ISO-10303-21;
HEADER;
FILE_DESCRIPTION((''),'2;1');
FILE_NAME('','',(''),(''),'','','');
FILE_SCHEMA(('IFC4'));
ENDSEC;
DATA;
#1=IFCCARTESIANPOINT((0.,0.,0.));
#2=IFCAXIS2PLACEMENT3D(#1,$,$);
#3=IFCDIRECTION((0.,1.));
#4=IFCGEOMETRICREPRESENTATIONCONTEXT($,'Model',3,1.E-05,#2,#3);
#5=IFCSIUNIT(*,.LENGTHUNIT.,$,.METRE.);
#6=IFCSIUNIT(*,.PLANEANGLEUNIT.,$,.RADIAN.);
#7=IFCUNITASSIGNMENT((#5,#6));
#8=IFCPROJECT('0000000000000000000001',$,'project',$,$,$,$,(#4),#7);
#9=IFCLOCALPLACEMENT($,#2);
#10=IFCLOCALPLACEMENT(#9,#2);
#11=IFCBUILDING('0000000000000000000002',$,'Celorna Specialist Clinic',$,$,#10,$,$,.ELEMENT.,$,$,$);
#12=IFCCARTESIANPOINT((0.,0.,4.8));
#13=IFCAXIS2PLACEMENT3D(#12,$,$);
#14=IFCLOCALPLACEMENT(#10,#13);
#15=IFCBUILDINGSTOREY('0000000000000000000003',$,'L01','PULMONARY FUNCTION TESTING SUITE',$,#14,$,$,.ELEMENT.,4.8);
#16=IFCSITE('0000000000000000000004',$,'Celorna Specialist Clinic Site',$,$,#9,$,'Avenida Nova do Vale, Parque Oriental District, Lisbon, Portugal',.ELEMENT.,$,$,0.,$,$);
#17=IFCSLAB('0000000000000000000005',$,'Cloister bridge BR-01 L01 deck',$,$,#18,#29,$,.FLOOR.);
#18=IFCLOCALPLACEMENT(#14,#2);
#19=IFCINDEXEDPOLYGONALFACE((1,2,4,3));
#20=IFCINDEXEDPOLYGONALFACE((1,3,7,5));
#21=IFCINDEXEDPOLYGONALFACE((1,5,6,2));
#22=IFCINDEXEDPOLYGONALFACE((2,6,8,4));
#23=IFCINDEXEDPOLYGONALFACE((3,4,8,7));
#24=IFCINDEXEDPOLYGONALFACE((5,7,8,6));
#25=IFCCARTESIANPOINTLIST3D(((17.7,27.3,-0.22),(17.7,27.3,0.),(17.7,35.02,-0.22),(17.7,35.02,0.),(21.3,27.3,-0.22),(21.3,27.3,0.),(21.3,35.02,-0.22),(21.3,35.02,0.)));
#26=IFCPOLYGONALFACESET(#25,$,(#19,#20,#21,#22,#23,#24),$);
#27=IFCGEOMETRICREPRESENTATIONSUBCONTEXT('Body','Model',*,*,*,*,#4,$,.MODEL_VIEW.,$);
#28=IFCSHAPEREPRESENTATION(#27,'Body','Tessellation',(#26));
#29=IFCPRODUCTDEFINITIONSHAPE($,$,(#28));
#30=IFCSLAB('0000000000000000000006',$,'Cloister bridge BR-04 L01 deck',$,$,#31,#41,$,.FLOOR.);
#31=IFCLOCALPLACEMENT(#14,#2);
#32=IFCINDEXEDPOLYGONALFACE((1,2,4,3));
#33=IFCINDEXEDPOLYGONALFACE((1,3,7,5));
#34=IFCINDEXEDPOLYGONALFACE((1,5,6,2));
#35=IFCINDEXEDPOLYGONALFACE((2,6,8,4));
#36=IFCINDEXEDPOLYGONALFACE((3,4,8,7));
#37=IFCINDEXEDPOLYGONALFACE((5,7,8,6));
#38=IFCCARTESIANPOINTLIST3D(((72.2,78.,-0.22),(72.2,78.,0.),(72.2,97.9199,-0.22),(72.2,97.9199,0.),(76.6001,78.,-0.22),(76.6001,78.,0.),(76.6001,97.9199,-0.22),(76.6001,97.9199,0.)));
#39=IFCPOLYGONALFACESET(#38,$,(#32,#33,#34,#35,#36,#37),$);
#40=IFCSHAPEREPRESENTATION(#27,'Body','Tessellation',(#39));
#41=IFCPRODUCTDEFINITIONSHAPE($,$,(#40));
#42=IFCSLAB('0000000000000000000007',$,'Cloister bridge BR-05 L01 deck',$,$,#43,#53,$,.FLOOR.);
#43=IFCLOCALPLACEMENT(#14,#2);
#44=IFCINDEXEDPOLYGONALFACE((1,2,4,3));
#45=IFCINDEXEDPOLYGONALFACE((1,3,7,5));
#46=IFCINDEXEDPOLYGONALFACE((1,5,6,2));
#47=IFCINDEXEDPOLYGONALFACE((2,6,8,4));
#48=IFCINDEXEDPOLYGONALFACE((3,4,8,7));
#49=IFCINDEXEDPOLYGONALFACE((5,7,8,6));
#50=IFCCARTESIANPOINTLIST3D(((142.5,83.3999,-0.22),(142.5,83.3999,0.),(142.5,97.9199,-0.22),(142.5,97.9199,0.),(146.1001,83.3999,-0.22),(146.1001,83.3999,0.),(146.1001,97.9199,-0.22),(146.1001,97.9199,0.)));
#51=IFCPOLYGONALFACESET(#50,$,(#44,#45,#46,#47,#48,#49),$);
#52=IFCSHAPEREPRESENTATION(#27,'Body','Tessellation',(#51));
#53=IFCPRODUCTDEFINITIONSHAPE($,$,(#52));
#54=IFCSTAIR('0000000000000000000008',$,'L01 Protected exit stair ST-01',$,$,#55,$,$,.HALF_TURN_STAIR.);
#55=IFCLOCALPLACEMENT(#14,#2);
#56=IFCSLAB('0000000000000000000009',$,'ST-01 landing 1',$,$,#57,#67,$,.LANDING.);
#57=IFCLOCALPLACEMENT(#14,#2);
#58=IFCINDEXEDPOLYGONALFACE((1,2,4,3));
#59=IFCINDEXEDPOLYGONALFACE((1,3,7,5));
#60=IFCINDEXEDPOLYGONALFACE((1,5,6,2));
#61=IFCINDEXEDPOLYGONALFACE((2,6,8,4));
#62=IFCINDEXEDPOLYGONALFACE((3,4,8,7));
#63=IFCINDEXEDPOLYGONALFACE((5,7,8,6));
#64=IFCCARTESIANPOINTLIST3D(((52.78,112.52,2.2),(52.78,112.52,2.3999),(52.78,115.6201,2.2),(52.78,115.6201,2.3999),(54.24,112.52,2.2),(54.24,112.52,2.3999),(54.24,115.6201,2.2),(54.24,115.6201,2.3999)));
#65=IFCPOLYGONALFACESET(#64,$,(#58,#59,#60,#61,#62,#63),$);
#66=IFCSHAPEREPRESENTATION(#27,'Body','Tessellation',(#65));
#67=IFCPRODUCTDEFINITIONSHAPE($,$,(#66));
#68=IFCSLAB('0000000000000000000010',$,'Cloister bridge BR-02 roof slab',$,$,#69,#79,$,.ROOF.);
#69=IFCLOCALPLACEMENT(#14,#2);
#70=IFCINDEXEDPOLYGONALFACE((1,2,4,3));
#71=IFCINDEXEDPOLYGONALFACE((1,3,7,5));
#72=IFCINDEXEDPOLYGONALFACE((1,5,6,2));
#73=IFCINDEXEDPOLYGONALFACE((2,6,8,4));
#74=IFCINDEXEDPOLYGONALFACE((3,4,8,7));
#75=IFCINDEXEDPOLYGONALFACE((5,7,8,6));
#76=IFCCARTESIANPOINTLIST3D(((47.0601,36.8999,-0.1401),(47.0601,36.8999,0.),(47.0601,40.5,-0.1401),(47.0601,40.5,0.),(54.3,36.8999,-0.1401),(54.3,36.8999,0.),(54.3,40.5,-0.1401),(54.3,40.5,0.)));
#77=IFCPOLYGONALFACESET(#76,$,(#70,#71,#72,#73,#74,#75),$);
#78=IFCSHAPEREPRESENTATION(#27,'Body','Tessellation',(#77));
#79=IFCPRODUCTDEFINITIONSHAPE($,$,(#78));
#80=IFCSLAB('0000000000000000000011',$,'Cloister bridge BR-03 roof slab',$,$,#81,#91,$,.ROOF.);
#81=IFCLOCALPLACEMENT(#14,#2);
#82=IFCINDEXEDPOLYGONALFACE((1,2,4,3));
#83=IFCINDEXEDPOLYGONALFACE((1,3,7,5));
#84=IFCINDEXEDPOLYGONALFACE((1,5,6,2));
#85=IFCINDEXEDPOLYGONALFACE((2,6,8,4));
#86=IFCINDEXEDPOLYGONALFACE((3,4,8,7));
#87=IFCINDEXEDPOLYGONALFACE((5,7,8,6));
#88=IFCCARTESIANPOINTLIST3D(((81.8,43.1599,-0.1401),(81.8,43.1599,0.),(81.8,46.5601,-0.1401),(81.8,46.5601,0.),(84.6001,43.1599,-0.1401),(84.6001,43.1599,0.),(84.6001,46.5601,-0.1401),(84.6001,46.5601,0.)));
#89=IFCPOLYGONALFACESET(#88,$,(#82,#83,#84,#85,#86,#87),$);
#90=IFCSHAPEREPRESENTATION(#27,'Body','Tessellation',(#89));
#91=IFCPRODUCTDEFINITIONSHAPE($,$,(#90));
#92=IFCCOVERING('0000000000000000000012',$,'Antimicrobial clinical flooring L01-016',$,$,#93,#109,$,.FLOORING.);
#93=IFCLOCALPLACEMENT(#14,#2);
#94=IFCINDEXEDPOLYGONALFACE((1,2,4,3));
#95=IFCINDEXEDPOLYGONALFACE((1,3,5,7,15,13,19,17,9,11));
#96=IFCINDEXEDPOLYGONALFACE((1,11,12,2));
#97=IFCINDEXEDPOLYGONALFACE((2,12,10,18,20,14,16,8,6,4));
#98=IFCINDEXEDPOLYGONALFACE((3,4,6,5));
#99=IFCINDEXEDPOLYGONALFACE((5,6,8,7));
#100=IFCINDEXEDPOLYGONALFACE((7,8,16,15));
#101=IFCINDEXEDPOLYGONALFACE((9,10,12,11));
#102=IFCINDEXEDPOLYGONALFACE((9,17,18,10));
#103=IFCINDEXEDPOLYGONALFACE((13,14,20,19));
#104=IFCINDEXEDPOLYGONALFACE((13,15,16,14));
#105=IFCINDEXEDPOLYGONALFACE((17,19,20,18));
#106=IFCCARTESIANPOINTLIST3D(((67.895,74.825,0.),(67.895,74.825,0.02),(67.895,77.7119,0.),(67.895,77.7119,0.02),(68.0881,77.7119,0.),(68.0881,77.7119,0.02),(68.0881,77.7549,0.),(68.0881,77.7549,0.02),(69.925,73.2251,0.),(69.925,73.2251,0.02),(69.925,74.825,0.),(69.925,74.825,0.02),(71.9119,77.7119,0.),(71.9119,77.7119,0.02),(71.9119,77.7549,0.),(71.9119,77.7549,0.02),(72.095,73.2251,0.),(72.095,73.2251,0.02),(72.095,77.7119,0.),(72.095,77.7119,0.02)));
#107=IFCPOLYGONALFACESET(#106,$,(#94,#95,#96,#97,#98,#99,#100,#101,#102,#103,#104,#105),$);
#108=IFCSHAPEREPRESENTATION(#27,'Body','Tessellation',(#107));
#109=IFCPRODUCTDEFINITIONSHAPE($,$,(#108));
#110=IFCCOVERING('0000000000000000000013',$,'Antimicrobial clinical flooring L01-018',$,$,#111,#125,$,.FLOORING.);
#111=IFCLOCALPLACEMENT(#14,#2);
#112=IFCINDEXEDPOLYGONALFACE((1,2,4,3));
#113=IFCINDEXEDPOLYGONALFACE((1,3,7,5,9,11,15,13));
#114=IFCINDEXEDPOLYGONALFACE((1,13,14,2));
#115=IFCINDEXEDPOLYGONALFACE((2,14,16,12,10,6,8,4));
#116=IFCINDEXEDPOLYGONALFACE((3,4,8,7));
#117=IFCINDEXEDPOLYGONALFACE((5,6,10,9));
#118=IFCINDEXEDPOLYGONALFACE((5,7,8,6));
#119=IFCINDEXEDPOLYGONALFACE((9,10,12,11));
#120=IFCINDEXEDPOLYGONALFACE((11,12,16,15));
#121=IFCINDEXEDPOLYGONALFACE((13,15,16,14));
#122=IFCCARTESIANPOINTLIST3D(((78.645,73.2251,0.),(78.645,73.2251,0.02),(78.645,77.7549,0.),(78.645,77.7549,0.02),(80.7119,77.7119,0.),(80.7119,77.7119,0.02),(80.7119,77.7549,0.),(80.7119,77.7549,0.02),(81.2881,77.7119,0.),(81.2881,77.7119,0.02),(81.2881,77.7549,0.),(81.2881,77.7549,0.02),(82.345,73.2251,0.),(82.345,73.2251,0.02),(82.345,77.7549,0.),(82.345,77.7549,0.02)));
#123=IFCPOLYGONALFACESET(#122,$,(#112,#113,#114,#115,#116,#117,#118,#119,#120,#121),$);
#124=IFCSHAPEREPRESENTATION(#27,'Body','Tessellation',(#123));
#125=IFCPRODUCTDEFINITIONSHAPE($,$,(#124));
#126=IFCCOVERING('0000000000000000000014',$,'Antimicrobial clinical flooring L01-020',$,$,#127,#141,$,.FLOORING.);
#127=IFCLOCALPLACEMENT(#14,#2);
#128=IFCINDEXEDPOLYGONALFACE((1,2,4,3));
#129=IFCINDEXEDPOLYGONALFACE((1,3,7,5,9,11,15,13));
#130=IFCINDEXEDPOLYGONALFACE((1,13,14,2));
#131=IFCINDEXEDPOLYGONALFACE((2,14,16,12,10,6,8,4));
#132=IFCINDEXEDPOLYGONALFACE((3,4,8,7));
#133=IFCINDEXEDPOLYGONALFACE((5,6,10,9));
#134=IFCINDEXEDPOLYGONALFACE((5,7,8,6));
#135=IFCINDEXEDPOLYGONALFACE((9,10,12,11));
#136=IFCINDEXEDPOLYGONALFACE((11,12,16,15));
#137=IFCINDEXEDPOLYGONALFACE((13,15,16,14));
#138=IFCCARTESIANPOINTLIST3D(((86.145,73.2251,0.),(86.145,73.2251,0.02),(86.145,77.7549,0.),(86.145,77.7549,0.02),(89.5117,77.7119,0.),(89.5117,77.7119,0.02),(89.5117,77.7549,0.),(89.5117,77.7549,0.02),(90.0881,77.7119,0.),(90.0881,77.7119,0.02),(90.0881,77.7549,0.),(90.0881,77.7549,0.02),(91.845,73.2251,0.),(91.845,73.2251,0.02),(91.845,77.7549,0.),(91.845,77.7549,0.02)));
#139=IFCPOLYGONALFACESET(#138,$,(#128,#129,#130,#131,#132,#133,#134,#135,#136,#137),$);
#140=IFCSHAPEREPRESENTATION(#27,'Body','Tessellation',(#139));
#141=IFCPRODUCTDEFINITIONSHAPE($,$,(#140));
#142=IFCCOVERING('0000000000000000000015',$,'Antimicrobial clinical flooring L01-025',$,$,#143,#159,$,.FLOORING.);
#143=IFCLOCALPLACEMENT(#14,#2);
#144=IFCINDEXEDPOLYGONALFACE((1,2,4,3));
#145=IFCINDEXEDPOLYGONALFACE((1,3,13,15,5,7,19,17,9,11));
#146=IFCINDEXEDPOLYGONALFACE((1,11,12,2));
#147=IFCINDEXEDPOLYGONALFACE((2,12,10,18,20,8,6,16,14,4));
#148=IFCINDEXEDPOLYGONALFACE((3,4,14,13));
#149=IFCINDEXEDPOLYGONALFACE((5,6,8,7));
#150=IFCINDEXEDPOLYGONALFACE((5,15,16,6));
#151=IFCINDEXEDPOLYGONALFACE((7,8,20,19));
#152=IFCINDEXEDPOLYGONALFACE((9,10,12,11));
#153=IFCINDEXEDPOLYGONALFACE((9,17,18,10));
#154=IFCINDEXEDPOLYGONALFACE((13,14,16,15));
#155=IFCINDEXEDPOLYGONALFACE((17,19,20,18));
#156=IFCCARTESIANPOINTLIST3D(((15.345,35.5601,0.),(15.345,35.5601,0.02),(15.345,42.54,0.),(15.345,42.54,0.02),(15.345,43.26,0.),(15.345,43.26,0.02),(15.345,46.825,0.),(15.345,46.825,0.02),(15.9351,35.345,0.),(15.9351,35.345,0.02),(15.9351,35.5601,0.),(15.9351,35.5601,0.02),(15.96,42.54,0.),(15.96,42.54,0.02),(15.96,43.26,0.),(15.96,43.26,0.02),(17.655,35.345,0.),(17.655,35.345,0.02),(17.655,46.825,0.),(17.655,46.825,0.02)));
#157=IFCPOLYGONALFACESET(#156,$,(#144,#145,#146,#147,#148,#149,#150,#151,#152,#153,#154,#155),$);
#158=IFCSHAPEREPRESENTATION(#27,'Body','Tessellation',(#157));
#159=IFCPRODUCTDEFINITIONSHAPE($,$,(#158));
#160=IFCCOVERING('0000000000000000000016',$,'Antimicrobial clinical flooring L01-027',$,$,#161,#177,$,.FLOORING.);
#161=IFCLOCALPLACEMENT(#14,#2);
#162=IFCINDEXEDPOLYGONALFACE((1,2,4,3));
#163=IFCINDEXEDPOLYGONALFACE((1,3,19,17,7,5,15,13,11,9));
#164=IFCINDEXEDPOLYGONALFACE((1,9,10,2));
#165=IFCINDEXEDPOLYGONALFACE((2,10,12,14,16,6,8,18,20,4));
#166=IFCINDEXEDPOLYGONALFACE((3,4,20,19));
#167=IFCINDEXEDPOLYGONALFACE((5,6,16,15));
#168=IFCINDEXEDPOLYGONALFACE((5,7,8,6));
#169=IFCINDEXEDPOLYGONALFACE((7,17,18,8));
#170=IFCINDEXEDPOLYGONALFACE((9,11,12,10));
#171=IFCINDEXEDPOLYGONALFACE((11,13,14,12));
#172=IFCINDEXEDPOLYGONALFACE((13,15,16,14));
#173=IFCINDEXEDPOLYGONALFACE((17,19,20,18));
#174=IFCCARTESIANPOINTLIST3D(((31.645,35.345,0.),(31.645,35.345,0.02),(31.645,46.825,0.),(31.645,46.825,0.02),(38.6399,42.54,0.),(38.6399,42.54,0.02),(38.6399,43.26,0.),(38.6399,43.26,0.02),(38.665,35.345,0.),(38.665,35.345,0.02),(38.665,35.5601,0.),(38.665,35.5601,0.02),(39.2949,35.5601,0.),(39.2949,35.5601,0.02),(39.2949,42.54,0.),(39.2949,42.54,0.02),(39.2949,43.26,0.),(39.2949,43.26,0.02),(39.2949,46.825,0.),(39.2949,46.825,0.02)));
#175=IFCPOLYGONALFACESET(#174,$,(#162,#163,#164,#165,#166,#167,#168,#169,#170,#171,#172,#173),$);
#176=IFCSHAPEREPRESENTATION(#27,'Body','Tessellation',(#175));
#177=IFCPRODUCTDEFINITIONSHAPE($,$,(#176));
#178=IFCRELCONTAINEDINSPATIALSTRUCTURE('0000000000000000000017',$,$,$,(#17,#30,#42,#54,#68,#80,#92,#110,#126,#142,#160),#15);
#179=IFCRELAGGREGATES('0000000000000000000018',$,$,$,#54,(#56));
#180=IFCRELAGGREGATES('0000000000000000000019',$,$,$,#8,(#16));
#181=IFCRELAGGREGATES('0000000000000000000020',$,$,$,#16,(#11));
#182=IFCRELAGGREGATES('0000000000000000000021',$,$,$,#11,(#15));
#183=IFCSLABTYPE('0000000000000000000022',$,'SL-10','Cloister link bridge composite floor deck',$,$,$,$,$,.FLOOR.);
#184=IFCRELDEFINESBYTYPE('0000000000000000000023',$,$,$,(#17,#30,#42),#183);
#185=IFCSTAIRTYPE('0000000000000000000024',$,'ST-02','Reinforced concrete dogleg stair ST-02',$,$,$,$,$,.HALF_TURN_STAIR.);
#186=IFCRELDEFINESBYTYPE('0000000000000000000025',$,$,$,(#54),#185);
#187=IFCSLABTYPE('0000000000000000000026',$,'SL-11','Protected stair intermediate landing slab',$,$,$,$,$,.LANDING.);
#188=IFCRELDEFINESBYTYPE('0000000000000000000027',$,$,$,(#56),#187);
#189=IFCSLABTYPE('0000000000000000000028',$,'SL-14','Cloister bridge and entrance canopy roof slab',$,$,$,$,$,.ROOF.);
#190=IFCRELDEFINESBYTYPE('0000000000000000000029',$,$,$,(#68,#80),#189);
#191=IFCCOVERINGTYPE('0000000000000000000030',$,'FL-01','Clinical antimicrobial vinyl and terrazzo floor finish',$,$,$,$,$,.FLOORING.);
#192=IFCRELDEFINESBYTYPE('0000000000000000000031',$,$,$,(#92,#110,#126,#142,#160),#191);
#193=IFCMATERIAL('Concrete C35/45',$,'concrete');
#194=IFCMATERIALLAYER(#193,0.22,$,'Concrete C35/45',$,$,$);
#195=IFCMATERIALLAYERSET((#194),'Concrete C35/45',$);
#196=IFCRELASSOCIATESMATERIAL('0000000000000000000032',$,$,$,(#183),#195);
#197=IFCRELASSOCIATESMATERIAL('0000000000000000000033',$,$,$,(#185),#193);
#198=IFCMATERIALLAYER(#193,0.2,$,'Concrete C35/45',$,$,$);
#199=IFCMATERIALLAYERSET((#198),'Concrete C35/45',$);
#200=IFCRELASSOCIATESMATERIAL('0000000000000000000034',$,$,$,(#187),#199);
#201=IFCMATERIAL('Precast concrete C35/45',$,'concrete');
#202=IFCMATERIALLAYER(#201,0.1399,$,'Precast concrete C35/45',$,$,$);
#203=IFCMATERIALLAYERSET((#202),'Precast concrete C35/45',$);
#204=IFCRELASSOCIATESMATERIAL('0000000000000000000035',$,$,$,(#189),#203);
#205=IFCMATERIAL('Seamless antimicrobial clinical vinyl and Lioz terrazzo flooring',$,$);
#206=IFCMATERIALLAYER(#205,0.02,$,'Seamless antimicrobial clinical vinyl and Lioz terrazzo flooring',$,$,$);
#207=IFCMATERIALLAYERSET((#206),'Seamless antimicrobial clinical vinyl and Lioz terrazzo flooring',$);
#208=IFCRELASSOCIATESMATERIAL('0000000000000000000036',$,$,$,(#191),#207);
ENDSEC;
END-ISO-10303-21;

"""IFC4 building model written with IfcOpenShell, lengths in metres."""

from ifc_helpers import new_model, si_unit, direction, frame, origin, place, context, subcontext, project, spatial, polyline, outline, extrude, material, layer, layer_set, type_object, element, aggregate, save


model = new_model("IFC4")

# Units and contexts
model_context = context("Model", 3, precision=1e-05, world=origin(), true_north=direction((0.0, 1.0)))
body_context = subcontext(model_context, "Body", "Model", "MODEL_VIEW")
ifc_project = project(units=[si_unit("LENGTHUNIT", "METRE"), si_unit("PLANEANGLEUNIT", "RADIAN")], contexts=[model_context])

# Site, building, storey
site_placement = place(None, origin())
site = spatial("IfcSite", under=ifc_project, at=site_placement, Name="Celorna Specialist Clinic Site", LongName="Avenida Nova do Vale, Parque Oriental District, Lisbon, Portugal", CompositionType="ELEMENT", RefElevation=0.0)
building_placement = place(site_placement, origin())
building = spatial("IfcBuilding", under=site, at=building_placement, Name="Celorna Specialist Clinic", CompositionType="ELEMENT")
storey_placement = place(building_placement, frame((0.0, 0.0, 4.8)))
storey = spatial("IfcBuildingStorey", under=building, at=storey_placement, Name="L01", Description="PULMONARY FUNCTION TESTING SUITE", CompositionType="ELEMENT", Elevation=4.8)

# Slabs
ifc_material_1 = material(Name="Concrete C35/45", Category="concrete")
ifc_layer_1 = layer(ifc_material_1, 0.22, Name="Concrete C35/45")
ifc_layer_set_1 = layer_set([ifc_layer_1], Name="Concrete C35/45")
slab_type_1 = type_object("IfcSlabType", Name="SL-10", Description="Cloister link bridge composite floor deck", PredefinedType="FLOOR", material=ifc_layer_set_1)
slab_1_placement = place(storey_placement, frame((0.0, 0.0, -0.22)))
element("IfcSlab", 1, at=slab_1_placement, inside=storey, type_object=slab_type_1, Name="Cloister bridge BR-01 L01 deck", PredefinedType="FLOOR", context=body_context, shape_type="SweptSolid", body=[
    extrude(outline(polyline([(17.7, 27.3), (21.3, 27.3), (21.3, 35.02), (17.7, 35.02), (17.7, 27.3)])), origin(), (0.0, 0.0, 1.0), 0.22),
])
slab_2_placement = place(storey_placement, frame((0.0, 0.0, -0.22)))
element("IfcSlab", 2, at=slab_2_placement, inside=storey, type_object=slab_type_1, Name="Cloister bridge BR-04 L01 deck", PredefinedType="FLOOR", context=body_context, shape_type="SweptSolid", body=[
    extrude(outline(polyline([(72.2, 78.0), (76.6001, 78.0), (76.6001, 97.9199), (72.2, 97.9199), (72.2, 78.0)])), origin(), (0.0, 0.0, 1.0), 0.22),
])
slab_3_placement = place(storey_placement, frame((0.0, 0.0, -0.22)))
element("IfcSlab", 3, at=slab_3_placement, inside=storey, type_object=slab_type_1, Name="Cloister bridge BR-05 L01 deck", PredefinedType="FLOOR", context=body_context, shape_type="SweptSolid", body=[
    extrude(outline(polyline([(142.5, 83.3999), (146.1001, 83.3999), (146.1001, 97.9199), (142.5, 97.9199), (142.5, 83.3999)])), origin(), (0.0, 0.0, 1.0), 0.22),
])

# Stair, slab
stair_type = type_object("IfcStairType", Name="ST-02", Description="Reinforced concrete dogleg stair ST-02", PredefinedType="HALF_TURN_STAIR", material=ifc_material_1)
stair_placement = place(storey_placement, origin())
stair = element("IfcStair", 4, at=stair_placement, inside=storey, type_object=stair_type, Name="L01 Protected exit stair ST-01", PredefinedType="HALF_TURN_STAIR")
ifc_layer_2 = layer(ifc_material_1, 0.2, Name="Concrete C35/45")
ifc_layer_set_2 = layer_set([ifc_layer_2], Name="Concrete C35/45")
slab_type_2 = type_object("IfcSlabType", Name="SL-11", Description="Protected stair intermediate landing slab", PredefinedType="LANDING", material=ifc_layer_set_2)
slab_4_placement = place(storey_placement, frame((0.0, 0.0, 2.2)))
slab_4 = element("IfcSlab", 5, at=slab_4_placement, type_object=slab_type_2, Name="ST-01 landing 1", PredefinedType="LANDING", context=body_context, shape_type="SweptSolid", body=[
    extrude(outline(polyline([(52.78, 112.52), (54.24, 112.52), (54.24, 115.6201), (52.78, 115.6201), (52.78, 112.52)])), origin(), (0.0, 0.0, 1.0), 0.2),
])
aggregate(stair, [slab_4])

# Slabs
ifc_material_2 = material(Name="Precast concrete C35/45", Category="concrete")
ifc_layer_3 = layer(ifc_material_2, 0.1399, Name="Precast concrete C35/45")
ifc_layer_set_3 = layer_set([ifc_layer_3], Name="Precast concrete C35/45")
slab_type_3 = type_object("IfcSlabType", Name="SL-14", Description="Cloister bridge and entrance canopy roof slab", PredefinedType="ROOF", material=ifc_layer_set_3)
slab_5_placement = place(storey_placement, frame((0.0, 0.0, -0.1401)))
element("IfcSlab", 6, at=slab_5_placement, inside=storey, type_object=slab_type_3, Name="Cloister bridge BR-02 roof slab", PredefinedType="ROOF", context=body_context, shape_type="SweptSolid", body=[
    extrude(outline(polyline([(47.0601, 36.8999), (54.3, 36.8999), (54.3, 40.5), (47.0601, 40.5), (47.0601, 36.8999)])), origin(), (0.0, 0.0, 1.0), 0.1401),
])
slab_6_placement = place(storey_placement, frame((0.0, 0.0, -0.1401)))
element("IfcSlab", 7, at=slab_6_placement, inside=storey, type_object=slab_type_3, Name="Cloister bridge BR-03 roof slab", PredefinedType="ROOF", context=body_context, shape_type="SweptSolid", body=[
    extrude(outline(polyline([(81.8, 43.1599), (84.6001, 43.1599), (84.6001, 46.5601), (81.8, 46.5601), (81.8, 43.1599)])), origin(), (0.0, 0.0, 1.0), 0.1401),
])

# Coverings
ifc_material_3 = material(Name="Seamless antimicrobial clinical vinyl and Lioz terrazzo flooring")
ifc_layer_4 = layer(ifc_material_3, 0.02, Name="Seamless antimicrobial clinical vinyl and Lioz terrazzo flooring")
ifc_layer_set_4 = layer_set([ifc_layer_4], Name="Seamless antimicrobial clinical vinyl and Lioz terrazzo flooring")
covering_type_1 = type_object("IfcCoveringType", Name="FL-01", Description="Clinical antimicrobial vinyl and terrazzo floor finish", PredefinedType="FLOORING", material=ifc_layer_set_4)
covering_1_placement = place(storey_placement, origin())
element("IfcCovering", 8, at=covering_1_placement, inside=storey, type_object=covering_type_1, Name="Antimicrobial clinical flooring L01-016", PredefinedType="FLOORING", context=body_context, shape_type="SweptSolid", body=[
    extrude(outline(polyline([(68.0881, 77.7549), (71.9119, 77.7549), (71.9119, 77.7119), (72.095, 77.7119), (72.095, 73.2251), (69.925, 73.2251), (69.925, 74.825), (67.895, 74.825), (67.895, 77.7119), (68.0881, 77.7119), (68.0881, 77.7549)])), origin(), (0.0, 0.0, 1.0), 0.02),
])
covering_2_placement = place(storey_placement, origin())
element("IfcCovering", 9, at=covering_2_placement, inside=storey, type_object=covering_type_1, Name="Antimicrobial clinical flooring L01-018", PredefinedType="FLOORING", context=body_context, shape_type="SweptSolid", body=[
    extrude(outline(polyline([(78.645, 77.7549), (80.7119, 77.7549), (80.7119, 77.7119), (81.2881, 77.7119), (81.2881, 77.7549), (82.345, 77.7549), (82.345, 73.2251), (78.645, 73.2251), (78.645, 77.7549)])), origin(), (0.0, 0.0, 1.0), 0.02),
])
covering_3_placement = place(storey_placement, origin())
element("IfcCovering", 10, at=covering_3_placement, inside=storey, type_object=covering_type_1, Name="Antimicrobial clinical flooring L01-020", PredefinedType="FLOORING", context=body_context, shape_type="SweptSolid", body=[
    extrude(outline(polyline([(86.145, 77.7549), (89.5117, 77.7549), (89.5117, 77.7119), (90.0881, 77.7119), (90.0881, 77.7549), (91.845, 77.7549), (91.845, 73.2251), (86.145, 73.2251), (86.145, 77.7549)])), origin(), (0.0, 0.0, 1.0), 0.02),
])
covering_4_placement = place(storey_placement, origin())
element("IfcCovering", 11, at=covering_4_placement, inside=storey, type_object=covering_type_1, Name="Antimicrobial clinical flooring L01-025", PredefinedType="FLOORING", context=body_context, shape_type="SweptSolid", body=[
    extrude(outline(polyline([(15.345, 35.5601), (15.345, 42.54), (15.96, 42.54), (15.96, 43.26), (15.345, 43.26), (15.345, 46.825), (17.655, 46.825), (17.655, 35.345), (15.9351, 35.345), (15.9351, 35.5601), (15.345, 35.5601)])), origin(), (0.0, 0.0, 1.0), 0.02),
])
covering_5_placement = place(storey_placement, origin())
element("IfcCovering", 12, at=covering_5_placement, inside=storey, type_object=covering_type_1, Name="Antimicrobial clinical flooring L01-027", PredefinedType="FLOORING", context=body_context, shape_type="SweptSolid", body=[
    extrude(outline(polyline([(31.645, 46.825), (39.2949, 46.825), (39.2949, 43.26), (38.6399, 43.26), (38.6399, 42.54), (39.2949, 42.54), (39.2949, 35.5601), (38.665, 35.5601), (38.665, 35.345), (31.645, 35.345), (31.645, 46.825)])), origin(), (0.0, 0.0, 1.0), 0.02),
])

save(model, "model.ifc")
